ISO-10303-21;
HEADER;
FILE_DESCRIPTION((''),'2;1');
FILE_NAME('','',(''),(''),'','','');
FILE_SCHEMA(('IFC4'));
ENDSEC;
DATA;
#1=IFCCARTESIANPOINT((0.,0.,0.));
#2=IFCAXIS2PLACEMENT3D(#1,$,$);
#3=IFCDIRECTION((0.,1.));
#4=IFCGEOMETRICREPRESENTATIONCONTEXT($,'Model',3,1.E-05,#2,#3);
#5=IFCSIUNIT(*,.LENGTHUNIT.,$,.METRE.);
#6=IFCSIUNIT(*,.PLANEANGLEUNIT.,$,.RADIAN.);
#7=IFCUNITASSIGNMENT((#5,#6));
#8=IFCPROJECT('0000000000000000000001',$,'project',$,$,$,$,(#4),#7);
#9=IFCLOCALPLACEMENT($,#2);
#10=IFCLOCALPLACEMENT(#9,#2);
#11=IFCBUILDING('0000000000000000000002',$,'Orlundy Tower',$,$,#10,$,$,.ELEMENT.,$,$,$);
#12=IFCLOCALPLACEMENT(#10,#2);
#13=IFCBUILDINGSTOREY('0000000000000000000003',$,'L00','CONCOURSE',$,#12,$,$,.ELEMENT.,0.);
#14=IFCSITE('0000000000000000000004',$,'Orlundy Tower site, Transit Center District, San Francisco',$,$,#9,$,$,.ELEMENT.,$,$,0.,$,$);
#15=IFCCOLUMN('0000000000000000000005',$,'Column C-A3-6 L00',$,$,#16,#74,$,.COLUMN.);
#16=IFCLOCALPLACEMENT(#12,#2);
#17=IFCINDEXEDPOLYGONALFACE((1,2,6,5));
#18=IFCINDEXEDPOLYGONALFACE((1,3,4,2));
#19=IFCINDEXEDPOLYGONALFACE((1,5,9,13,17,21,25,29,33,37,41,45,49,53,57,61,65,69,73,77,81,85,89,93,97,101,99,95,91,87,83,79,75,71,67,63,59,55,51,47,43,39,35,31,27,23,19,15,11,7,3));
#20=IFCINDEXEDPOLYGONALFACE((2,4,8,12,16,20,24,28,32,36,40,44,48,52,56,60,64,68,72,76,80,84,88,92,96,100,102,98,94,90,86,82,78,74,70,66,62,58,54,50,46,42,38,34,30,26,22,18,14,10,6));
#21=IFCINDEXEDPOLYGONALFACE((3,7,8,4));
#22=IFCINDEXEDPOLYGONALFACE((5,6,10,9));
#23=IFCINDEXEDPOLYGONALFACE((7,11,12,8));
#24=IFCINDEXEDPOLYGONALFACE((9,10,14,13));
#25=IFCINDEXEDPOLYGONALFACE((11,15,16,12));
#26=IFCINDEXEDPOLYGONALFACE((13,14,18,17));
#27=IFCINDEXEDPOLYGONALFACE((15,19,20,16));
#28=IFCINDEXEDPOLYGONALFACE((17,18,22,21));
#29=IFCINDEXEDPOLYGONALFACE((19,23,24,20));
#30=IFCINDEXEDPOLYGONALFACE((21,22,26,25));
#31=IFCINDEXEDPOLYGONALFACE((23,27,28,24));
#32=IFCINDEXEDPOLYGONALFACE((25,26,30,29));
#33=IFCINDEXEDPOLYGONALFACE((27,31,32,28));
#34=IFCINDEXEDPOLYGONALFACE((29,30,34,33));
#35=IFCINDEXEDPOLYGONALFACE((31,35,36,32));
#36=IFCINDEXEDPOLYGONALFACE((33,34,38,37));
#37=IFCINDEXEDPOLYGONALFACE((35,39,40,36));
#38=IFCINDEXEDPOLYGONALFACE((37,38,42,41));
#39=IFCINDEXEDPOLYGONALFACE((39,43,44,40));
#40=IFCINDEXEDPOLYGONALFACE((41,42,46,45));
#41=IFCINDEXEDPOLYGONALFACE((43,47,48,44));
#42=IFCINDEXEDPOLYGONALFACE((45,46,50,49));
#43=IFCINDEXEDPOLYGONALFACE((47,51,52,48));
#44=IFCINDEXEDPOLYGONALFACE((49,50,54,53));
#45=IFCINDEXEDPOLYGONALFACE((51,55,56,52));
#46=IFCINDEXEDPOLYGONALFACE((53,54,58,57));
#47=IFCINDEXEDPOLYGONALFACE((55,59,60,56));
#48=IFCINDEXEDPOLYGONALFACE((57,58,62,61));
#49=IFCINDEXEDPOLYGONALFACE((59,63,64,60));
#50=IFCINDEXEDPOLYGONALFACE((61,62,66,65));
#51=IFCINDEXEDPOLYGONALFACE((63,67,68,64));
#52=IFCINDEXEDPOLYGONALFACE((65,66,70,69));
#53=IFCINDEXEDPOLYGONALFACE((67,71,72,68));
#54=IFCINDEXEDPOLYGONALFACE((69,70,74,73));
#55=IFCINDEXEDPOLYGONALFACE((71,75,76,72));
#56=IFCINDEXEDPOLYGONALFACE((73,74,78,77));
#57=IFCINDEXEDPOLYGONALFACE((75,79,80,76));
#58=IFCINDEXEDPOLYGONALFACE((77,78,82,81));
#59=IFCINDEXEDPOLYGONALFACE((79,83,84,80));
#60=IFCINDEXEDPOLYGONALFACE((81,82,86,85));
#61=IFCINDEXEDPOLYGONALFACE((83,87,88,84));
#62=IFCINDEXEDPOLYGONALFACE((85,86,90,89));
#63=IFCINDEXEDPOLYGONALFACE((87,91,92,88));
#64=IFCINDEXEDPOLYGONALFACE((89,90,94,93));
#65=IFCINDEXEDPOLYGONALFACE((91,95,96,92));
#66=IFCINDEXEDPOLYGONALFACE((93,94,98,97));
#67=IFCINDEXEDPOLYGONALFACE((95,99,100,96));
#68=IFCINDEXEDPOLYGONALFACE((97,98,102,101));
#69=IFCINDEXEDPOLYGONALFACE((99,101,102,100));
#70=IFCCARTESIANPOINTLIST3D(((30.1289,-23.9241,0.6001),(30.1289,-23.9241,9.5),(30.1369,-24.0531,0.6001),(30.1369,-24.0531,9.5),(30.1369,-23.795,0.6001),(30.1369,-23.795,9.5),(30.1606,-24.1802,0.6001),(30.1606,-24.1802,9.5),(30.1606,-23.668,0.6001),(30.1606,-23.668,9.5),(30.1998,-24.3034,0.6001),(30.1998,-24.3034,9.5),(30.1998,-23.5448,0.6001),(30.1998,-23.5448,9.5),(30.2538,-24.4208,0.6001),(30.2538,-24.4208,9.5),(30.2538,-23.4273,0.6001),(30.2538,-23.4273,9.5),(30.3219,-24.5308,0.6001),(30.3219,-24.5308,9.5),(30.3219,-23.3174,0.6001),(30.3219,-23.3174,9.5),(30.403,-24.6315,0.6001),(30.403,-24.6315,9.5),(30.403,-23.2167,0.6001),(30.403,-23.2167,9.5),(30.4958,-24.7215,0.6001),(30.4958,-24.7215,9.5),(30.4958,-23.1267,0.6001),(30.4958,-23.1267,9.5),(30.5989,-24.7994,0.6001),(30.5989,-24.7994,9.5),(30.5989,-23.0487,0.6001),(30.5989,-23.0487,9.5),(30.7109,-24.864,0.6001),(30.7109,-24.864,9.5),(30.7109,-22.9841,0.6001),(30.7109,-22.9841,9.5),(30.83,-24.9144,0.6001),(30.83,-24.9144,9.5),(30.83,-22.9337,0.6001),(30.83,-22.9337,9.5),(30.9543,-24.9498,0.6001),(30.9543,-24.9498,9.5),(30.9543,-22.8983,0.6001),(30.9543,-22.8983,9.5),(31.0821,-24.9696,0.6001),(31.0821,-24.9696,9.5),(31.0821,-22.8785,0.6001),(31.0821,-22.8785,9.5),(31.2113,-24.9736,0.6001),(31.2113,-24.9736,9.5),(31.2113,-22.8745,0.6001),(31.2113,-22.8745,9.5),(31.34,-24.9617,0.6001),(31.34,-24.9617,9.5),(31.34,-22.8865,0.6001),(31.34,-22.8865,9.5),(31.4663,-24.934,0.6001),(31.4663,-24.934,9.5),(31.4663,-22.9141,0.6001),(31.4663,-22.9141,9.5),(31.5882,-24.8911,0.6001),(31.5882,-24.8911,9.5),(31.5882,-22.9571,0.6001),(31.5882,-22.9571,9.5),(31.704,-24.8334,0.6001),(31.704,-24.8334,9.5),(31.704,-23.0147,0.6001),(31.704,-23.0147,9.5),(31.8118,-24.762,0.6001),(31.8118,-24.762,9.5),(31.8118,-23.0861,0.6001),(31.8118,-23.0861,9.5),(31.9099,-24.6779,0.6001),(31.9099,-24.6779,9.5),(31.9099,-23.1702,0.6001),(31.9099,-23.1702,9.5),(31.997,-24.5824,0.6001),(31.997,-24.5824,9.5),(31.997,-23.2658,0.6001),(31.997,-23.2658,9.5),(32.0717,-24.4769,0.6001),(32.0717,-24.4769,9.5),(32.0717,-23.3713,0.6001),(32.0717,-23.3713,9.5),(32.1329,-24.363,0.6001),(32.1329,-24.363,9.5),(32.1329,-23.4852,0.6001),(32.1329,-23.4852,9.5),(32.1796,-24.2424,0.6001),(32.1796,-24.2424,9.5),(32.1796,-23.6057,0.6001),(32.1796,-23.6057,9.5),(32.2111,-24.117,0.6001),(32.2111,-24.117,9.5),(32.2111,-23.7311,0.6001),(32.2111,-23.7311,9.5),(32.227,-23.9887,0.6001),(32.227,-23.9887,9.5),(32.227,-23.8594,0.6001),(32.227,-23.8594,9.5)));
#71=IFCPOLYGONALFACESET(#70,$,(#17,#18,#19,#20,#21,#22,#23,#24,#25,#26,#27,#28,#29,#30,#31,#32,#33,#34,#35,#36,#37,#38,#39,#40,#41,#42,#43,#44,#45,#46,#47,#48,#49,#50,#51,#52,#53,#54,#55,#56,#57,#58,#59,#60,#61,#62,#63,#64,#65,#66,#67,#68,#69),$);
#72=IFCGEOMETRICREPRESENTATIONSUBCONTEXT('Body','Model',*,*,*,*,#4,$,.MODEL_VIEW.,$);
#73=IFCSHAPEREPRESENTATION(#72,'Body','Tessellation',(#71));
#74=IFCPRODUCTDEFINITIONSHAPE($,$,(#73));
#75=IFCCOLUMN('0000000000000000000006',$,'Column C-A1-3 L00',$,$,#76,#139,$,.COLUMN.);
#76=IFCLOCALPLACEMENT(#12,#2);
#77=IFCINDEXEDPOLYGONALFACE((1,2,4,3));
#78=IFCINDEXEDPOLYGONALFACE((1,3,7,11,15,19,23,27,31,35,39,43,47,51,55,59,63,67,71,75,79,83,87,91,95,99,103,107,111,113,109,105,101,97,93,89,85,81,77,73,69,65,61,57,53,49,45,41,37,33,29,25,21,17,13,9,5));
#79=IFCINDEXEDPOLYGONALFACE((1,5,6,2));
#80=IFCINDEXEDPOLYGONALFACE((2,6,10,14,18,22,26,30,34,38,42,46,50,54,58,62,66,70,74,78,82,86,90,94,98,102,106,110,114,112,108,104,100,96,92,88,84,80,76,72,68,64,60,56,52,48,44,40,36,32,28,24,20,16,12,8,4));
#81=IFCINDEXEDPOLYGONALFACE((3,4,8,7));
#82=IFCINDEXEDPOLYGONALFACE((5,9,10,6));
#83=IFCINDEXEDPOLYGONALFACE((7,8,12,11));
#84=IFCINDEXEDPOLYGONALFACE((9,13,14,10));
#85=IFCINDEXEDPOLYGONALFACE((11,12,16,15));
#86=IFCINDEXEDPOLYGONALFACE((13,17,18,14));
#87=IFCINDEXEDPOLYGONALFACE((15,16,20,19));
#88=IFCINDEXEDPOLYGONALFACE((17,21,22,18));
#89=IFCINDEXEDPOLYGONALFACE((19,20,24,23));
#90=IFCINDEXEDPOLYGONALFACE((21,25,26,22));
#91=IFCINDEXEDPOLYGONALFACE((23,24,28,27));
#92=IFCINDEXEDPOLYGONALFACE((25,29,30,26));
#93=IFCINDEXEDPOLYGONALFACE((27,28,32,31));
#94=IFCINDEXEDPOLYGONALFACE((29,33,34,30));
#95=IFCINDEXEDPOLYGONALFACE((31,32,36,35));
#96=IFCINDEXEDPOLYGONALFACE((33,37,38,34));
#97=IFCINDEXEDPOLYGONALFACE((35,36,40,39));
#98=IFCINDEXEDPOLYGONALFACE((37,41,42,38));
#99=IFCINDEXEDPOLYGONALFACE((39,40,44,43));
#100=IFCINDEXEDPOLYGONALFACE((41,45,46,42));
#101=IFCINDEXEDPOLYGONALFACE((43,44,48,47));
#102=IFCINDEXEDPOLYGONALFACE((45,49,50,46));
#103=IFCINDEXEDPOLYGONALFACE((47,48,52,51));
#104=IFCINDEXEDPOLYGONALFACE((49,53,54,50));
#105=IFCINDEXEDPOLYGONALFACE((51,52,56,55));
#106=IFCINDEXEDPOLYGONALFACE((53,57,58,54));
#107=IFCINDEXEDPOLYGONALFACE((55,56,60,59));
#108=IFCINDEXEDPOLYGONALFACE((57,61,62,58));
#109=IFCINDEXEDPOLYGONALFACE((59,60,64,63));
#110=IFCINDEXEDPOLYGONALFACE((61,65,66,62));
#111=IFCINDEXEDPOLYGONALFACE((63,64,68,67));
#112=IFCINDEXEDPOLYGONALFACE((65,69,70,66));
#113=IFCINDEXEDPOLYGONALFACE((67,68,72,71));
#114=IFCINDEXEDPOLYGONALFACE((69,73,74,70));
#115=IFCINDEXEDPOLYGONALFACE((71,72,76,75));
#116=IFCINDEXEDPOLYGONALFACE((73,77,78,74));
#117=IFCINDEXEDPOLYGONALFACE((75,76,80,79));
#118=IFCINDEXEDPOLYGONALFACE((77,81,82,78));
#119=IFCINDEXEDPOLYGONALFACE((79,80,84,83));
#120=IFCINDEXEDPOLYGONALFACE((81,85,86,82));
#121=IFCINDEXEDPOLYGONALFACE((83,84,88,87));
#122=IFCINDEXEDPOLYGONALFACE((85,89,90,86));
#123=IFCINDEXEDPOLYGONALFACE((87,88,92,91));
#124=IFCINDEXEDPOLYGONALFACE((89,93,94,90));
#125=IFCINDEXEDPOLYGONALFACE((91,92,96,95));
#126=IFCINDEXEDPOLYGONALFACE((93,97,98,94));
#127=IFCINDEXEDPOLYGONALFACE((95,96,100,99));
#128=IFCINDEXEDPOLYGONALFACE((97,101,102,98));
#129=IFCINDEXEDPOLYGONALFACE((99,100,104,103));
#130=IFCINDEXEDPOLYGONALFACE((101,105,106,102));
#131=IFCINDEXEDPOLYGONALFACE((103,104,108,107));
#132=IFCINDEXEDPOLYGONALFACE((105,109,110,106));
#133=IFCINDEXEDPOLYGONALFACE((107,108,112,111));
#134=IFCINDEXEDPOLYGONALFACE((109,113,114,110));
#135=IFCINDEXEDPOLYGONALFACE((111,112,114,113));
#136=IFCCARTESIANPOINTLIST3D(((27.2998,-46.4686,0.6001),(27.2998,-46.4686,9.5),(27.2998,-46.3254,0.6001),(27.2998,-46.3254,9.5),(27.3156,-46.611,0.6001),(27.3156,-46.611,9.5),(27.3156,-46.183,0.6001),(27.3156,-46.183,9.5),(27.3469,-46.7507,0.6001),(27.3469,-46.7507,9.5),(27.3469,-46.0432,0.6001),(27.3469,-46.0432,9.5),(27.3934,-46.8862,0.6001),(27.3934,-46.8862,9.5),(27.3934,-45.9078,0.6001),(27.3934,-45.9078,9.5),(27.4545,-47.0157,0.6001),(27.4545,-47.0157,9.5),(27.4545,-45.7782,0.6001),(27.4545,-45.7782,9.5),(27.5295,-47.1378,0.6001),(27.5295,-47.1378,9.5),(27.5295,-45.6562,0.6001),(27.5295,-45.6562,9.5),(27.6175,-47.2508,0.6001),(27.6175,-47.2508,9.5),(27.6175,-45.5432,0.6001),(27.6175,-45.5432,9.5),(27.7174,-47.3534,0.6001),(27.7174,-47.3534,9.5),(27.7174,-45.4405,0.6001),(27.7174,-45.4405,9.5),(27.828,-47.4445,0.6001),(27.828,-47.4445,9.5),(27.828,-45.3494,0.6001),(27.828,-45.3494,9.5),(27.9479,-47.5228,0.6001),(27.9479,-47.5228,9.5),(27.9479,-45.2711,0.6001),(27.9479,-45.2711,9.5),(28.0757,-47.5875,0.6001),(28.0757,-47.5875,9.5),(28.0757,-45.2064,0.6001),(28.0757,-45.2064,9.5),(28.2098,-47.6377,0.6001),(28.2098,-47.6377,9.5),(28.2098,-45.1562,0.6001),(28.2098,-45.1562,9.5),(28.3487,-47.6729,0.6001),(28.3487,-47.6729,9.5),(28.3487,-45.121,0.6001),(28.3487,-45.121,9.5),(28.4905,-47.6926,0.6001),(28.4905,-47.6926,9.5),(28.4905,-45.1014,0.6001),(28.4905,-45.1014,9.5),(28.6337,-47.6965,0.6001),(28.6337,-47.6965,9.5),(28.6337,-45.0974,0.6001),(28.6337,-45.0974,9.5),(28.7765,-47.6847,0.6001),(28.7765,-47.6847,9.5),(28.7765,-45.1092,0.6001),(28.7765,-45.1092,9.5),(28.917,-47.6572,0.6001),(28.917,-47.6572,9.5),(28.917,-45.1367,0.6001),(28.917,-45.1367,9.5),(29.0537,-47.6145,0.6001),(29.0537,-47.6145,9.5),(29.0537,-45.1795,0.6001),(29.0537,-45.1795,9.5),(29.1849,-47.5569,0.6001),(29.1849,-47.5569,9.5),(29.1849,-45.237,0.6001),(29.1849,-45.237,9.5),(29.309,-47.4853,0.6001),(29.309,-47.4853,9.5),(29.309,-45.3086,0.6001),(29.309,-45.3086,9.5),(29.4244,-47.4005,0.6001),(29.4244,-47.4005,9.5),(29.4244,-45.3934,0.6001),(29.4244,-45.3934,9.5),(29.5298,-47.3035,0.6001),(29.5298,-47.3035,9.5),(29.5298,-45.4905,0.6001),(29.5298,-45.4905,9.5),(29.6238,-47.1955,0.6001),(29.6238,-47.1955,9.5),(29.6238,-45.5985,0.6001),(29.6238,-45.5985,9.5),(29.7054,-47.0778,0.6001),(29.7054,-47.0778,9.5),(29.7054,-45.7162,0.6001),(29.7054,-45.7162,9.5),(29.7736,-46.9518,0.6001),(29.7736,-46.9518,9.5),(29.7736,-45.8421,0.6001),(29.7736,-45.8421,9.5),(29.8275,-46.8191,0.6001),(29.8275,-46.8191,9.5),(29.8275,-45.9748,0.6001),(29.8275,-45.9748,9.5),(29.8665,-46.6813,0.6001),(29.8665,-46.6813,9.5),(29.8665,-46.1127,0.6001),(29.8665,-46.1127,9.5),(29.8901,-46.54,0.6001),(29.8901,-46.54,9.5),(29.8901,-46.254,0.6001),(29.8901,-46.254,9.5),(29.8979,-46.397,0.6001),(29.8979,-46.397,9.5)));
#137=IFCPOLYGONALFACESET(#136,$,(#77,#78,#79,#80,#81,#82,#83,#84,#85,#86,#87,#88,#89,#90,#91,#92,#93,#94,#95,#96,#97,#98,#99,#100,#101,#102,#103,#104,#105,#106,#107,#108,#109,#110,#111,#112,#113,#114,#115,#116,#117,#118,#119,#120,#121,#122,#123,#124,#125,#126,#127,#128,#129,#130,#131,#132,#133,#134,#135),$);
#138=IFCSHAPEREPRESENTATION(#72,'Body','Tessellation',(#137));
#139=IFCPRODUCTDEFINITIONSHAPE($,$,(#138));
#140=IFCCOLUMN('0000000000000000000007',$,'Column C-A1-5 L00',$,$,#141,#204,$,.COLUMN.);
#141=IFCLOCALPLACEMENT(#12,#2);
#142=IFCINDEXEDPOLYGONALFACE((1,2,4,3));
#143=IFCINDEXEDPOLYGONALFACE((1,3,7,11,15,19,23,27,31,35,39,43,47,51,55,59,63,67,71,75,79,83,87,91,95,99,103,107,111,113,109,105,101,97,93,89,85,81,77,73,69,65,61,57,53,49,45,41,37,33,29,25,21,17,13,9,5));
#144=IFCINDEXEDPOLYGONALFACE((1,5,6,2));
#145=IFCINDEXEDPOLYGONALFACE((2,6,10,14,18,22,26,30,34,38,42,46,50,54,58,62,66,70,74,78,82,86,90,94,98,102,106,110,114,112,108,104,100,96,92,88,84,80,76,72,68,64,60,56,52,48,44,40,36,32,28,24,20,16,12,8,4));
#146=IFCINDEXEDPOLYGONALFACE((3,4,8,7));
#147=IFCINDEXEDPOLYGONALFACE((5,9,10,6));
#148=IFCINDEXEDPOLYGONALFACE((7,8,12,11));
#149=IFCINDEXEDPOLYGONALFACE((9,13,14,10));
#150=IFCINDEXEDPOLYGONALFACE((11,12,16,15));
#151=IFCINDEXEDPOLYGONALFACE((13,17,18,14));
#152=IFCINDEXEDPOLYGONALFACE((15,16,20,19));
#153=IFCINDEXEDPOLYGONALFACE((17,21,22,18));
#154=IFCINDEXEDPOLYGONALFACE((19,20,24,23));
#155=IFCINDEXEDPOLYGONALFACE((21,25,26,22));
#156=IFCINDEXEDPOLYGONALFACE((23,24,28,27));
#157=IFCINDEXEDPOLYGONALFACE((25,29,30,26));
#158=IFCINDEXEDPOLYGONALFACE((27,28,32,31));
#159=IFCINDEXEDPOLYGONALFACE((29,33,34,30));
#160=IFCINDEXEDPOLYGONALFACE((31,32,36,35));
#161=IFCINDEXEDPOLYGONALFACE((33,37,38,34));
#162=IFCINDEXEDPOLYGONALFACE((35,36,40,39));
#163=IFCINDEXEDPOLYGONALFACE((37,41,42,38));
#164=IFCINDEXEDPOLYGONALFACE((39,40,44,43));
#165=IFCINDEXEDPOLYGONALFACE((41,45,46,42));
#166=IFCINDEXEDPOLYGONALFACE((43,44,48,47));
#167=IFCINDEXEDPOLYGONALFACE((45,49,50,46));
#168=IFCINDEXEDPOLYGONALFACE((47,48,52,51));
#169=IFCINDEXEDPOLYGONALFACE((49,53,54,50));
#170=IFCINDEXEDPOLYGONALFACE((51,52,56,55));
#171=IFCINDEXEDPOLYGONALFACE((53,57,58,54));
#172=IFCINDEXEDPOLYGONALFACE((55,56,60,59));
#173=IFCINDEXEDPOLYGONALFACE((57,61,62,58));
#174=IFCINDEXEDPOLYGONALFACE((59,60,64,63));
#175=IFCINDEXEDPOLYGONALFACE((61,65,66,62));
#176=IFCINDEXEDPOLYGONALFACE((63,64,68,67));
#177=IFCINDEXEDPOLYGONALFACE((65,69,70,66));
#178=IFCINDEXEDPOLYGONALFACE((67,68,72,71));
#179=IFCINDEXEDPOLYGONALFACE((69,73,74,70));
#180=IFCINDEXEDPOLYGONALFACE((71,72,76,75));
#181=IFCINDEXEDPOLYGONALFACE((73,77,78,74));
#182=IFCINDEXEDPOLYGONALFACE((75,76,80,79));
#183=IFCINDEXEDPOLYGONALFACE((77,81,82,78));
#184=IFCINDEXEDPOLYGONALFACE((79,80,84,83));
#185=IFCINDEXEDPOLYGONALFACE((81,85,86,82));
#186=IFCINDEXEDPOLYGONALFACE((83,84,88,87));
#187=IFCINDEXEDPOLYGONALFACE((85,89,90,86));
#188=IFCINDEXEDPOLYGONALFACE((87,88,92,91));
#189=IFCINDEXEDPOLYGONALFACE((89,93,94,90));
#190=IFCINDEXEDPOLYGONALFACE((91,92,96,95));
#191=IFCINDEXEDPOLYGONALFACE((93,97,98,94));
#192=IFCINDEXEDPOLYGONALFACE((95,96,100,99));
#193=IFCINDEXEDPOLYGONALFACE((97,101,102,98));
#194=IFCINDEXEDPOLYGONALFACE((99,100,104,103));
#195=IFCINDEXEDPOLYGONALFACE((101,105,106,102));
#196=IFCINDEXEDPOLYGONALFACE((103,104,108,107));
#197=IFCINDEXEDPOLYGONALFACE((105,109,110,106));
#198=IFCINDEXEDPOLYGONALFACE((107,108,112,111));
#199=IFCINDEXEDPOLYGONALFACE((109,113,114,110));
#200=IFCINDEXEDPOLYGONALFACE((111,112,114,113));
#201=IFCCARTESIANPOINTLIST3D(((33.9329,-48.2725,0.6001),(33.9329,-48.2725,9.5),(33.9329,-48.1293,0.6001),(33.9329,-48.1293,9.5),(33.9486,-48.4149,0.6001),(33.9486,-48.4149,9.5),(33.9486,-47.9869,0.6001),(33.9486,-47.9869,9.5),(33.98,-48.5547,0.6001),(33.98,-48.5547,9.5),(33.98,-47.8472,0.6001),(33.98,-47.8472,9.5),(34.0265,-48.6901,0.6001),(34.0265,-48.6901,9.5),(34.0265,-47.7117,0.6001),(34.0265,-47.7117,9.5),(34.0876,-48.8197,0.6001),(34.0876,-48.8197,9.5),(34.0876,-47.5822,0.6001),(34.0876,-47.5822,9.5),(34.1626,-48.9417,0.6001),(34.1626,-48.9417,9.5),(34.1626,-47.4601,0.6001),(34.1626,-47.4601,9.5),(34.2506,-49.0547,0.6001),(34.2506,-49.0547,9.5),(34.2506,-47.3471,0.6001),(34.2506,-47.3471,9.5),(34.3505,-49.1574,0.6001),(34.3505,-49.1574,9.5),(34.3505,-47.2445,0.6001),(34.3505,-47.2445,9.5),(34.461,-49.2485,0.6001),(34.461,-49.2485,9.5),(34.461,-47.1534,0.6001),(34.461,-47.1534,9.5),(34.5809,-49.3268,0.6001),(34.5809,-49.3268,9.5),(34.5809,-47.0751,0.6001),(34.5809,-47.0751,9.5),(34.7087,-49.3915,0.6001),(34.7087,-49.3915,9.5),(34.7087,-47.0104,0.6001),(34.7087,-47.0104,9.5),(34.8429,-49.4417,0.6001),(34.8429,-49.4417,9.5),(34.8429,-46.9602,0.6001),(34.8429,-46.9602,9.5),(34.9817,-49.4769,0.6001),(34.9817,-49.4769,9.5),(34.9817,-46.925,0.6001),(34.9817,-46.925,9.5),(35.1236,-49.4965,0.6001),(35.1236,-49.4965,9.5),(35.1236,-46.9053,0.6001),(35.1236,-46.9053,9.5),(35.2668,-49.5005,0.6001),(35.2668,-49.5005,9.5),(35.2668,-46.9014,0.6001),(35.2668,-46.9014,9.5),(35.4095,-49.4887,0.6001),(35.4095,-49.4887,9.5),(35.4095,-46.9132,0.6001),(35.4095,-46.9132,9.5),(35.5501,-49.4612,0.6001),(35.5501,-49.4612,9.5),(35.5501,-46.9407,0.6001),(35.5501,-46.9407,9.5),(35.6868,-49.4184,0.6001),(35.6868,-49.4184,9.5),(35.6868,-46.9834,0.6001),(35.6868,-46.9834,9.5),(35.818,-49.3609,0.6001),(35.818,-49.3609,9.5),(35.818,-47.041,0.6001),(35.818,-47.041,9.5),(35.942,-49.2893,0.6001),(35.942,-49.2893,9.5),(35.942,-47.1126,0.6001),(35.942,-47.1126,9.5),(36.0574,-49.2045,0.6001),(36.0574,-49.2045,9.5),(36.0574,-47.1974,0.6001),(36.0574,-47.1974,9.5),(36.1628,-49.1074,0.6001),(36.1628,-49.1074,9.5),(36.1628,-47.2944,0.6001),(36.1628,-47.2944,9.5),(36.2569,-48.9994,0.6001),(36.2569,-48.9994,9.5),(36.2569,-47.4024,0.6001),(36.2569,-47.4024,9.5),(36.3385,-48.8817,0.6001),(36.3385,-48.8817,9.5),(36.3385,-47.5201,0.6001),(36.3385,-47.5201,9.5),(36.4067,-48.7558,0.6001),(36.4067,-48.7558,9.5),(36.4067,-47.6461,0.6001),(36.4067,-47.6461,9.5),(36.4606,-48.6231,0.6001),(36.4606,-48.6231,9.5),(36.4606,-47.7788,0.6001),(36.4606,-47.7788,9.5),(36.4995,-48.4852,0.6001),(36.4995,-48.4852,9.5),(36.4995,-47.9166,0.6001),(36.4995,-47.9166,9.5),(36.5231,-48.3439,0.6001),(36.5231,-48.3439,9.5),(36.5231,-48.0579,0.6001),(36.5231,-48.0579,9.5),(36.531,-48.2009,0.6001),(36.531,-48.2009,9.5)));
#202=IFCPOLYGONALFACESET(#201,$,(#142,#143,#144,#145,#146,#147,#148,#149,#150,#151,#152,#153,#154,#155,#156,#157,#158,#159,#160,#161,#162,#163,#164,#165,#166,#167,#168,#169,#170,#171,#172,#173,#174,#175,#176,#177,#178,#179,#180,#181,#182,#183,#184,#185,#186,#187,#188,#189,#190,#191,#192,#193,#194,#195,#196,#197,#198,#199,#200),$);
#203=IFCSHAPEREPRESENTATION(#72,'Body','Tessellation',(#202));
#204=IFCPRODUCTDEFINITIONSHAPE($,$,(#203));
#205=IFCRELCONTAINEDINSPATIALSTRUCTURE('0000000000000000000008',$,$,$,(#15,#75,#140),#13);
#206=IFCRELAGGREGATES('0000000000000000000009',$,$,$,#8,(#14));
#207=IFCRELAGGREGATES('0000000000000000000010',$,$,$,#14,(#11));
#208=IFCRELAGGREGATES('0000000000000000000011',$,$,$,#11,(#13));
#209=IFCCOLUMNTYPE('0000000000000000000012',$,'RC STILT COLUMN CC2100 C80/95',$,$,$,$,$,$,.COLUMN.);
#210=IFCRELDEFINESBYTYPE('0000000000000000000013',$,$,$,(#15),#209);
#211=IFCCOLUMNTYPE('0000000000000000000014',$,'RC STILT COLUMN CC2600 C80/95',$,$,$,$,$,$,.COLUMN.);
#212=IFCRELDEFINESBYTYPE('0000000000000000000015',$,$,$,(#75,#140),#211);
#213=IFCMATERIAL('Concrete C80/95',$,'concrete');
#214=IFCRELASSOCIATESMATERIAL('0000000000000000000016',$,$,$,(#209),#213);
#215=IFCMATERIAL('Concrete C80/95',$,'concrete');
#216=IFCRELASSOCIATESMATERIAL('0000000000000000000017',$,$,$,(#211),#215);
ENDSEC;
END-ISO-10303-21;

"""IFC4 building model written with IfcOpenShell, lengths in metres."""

from ifc_helpers import new_model, si_unit, direction, frame, origin, origin_2d, place, context, subcontext, project, spatial, circle, extrude, material, material_profile, profile_set, type_object, element, save


model = new_model("IFC4")

# Units and contexts
model_context = context("Model", 3, precision=1e-05, world=origin(), true_north=direction((0.0, 1.0)))
body_context = subcontext(model_context, "Body", "Model", "MODEL_VIEW")
ifc_project = project(units=[si_unit("LENGTHUNIT", "METRE"), si_unit("PLANEANGLEUNIT", "RADIAN")], contexts=[model_context])

# Site, building, storey
site_placement = place(None, origin())
site = spatial("IfcSite", under=ifc_project, at=site_placement, Name="Orlundy Tower site, Transit Center District, San Francisco", CompositionType="ELEMENT", RefElevation=0.0)
building_placement = place(site_placement, origin())
building = spatial("IfcBuilding", under=site, at=building_placement, Name="Orlundy Tower", CompositionType="ELEMENT")
storey_placement = place(building_placement, origin())
storey = spatial("IfcBuildingStorey", under=building, at=storey_placement, Name="L00", Description="CONCOURSE", CompositionType="ELEMENT", Elevation=0.0)

# Columns
ifc_material_1 = material(Name="Concrete C80/95", Category="concrete")
ifc_material_profile_1 = material_profile(ifc_material_1, circle(Radius=1.05, at=origin_2d()), Name="CC2100")
ifc_profile_set_1 = profile_set([ifc_material_profile_1], Name="Concrete C80/95")
column_type_1 = type_object("IfcColumnType", Name="RC STILT COLUMN CC2100 C80/95", PredefinedType="COLUMN", material=ifc_profile_set_1)
for number, where, z_axis, x_axis, name in (
    (1, (31.179, -23.9241, 0.6001), (0.0, 0.0, 1.0), (0.5, 0.866025, 0.0), "Column C-A3-6 L00"),
):
    element("IfcColumn", number, at=place(storey_placement, frame(where, z_axis=z_axis, x_axis=x_axis)), inside=storey, type_object=column_type_1, Name=name, PredefinedType="COLUMN", context=body_context, shape_type="SweptSolid", body=[
        extrude(circle(Radius=1.05, at=origin_2d()), origin(), (0.0, 0.0, 1.0), 8.8999),
    ])
ifc_material_2 = material(Name="Concrete C80/95", Category="concrete")
ifc_material_profile_2 = material_profile(ifc_material_2, circle(Radius=1.3, at=origin_2d()), Name="CC2600")
ifc_profile_set_2 = profile_set([ifc_material_profile_2], Name="Concrete C80/95")
column_type_2 = type_object("IfcColumnType", Name="RC STILT COLUMN CC2600 C80/95", PredefinedType="COLUMN", material=ifc_profile_set_2)
for number, where, z_axis, x_axis, name in (
    (2, (28.5979, -46.397, 0.6001), (0.0, 0.0, 1.0), (1.0, 0.0, 0.0), "Column C-A1-3 L00"),
    (3, (35.231, -48.2009, 0.6001), (0.0, 0.0, 1.0), (1.0, 0.0, 0.0), "Column C-A1-5 L00"),
):
    element("IfcColumn", number, at=place(storey_placement, frame(where, z_axis=z_axis, x_axis=x_axis)), inside=storey, type_object=column_type_2, Name=name, PredefinedType="COLUMN", context=body_context, shape_type="SweptSolid", body=[
        extrude(circle(Radius=1.3, at=origin_2d()), origin(), (0.0, 0.0, 1.0), 8.8999),
    ])

save(model, "model.ifc")
